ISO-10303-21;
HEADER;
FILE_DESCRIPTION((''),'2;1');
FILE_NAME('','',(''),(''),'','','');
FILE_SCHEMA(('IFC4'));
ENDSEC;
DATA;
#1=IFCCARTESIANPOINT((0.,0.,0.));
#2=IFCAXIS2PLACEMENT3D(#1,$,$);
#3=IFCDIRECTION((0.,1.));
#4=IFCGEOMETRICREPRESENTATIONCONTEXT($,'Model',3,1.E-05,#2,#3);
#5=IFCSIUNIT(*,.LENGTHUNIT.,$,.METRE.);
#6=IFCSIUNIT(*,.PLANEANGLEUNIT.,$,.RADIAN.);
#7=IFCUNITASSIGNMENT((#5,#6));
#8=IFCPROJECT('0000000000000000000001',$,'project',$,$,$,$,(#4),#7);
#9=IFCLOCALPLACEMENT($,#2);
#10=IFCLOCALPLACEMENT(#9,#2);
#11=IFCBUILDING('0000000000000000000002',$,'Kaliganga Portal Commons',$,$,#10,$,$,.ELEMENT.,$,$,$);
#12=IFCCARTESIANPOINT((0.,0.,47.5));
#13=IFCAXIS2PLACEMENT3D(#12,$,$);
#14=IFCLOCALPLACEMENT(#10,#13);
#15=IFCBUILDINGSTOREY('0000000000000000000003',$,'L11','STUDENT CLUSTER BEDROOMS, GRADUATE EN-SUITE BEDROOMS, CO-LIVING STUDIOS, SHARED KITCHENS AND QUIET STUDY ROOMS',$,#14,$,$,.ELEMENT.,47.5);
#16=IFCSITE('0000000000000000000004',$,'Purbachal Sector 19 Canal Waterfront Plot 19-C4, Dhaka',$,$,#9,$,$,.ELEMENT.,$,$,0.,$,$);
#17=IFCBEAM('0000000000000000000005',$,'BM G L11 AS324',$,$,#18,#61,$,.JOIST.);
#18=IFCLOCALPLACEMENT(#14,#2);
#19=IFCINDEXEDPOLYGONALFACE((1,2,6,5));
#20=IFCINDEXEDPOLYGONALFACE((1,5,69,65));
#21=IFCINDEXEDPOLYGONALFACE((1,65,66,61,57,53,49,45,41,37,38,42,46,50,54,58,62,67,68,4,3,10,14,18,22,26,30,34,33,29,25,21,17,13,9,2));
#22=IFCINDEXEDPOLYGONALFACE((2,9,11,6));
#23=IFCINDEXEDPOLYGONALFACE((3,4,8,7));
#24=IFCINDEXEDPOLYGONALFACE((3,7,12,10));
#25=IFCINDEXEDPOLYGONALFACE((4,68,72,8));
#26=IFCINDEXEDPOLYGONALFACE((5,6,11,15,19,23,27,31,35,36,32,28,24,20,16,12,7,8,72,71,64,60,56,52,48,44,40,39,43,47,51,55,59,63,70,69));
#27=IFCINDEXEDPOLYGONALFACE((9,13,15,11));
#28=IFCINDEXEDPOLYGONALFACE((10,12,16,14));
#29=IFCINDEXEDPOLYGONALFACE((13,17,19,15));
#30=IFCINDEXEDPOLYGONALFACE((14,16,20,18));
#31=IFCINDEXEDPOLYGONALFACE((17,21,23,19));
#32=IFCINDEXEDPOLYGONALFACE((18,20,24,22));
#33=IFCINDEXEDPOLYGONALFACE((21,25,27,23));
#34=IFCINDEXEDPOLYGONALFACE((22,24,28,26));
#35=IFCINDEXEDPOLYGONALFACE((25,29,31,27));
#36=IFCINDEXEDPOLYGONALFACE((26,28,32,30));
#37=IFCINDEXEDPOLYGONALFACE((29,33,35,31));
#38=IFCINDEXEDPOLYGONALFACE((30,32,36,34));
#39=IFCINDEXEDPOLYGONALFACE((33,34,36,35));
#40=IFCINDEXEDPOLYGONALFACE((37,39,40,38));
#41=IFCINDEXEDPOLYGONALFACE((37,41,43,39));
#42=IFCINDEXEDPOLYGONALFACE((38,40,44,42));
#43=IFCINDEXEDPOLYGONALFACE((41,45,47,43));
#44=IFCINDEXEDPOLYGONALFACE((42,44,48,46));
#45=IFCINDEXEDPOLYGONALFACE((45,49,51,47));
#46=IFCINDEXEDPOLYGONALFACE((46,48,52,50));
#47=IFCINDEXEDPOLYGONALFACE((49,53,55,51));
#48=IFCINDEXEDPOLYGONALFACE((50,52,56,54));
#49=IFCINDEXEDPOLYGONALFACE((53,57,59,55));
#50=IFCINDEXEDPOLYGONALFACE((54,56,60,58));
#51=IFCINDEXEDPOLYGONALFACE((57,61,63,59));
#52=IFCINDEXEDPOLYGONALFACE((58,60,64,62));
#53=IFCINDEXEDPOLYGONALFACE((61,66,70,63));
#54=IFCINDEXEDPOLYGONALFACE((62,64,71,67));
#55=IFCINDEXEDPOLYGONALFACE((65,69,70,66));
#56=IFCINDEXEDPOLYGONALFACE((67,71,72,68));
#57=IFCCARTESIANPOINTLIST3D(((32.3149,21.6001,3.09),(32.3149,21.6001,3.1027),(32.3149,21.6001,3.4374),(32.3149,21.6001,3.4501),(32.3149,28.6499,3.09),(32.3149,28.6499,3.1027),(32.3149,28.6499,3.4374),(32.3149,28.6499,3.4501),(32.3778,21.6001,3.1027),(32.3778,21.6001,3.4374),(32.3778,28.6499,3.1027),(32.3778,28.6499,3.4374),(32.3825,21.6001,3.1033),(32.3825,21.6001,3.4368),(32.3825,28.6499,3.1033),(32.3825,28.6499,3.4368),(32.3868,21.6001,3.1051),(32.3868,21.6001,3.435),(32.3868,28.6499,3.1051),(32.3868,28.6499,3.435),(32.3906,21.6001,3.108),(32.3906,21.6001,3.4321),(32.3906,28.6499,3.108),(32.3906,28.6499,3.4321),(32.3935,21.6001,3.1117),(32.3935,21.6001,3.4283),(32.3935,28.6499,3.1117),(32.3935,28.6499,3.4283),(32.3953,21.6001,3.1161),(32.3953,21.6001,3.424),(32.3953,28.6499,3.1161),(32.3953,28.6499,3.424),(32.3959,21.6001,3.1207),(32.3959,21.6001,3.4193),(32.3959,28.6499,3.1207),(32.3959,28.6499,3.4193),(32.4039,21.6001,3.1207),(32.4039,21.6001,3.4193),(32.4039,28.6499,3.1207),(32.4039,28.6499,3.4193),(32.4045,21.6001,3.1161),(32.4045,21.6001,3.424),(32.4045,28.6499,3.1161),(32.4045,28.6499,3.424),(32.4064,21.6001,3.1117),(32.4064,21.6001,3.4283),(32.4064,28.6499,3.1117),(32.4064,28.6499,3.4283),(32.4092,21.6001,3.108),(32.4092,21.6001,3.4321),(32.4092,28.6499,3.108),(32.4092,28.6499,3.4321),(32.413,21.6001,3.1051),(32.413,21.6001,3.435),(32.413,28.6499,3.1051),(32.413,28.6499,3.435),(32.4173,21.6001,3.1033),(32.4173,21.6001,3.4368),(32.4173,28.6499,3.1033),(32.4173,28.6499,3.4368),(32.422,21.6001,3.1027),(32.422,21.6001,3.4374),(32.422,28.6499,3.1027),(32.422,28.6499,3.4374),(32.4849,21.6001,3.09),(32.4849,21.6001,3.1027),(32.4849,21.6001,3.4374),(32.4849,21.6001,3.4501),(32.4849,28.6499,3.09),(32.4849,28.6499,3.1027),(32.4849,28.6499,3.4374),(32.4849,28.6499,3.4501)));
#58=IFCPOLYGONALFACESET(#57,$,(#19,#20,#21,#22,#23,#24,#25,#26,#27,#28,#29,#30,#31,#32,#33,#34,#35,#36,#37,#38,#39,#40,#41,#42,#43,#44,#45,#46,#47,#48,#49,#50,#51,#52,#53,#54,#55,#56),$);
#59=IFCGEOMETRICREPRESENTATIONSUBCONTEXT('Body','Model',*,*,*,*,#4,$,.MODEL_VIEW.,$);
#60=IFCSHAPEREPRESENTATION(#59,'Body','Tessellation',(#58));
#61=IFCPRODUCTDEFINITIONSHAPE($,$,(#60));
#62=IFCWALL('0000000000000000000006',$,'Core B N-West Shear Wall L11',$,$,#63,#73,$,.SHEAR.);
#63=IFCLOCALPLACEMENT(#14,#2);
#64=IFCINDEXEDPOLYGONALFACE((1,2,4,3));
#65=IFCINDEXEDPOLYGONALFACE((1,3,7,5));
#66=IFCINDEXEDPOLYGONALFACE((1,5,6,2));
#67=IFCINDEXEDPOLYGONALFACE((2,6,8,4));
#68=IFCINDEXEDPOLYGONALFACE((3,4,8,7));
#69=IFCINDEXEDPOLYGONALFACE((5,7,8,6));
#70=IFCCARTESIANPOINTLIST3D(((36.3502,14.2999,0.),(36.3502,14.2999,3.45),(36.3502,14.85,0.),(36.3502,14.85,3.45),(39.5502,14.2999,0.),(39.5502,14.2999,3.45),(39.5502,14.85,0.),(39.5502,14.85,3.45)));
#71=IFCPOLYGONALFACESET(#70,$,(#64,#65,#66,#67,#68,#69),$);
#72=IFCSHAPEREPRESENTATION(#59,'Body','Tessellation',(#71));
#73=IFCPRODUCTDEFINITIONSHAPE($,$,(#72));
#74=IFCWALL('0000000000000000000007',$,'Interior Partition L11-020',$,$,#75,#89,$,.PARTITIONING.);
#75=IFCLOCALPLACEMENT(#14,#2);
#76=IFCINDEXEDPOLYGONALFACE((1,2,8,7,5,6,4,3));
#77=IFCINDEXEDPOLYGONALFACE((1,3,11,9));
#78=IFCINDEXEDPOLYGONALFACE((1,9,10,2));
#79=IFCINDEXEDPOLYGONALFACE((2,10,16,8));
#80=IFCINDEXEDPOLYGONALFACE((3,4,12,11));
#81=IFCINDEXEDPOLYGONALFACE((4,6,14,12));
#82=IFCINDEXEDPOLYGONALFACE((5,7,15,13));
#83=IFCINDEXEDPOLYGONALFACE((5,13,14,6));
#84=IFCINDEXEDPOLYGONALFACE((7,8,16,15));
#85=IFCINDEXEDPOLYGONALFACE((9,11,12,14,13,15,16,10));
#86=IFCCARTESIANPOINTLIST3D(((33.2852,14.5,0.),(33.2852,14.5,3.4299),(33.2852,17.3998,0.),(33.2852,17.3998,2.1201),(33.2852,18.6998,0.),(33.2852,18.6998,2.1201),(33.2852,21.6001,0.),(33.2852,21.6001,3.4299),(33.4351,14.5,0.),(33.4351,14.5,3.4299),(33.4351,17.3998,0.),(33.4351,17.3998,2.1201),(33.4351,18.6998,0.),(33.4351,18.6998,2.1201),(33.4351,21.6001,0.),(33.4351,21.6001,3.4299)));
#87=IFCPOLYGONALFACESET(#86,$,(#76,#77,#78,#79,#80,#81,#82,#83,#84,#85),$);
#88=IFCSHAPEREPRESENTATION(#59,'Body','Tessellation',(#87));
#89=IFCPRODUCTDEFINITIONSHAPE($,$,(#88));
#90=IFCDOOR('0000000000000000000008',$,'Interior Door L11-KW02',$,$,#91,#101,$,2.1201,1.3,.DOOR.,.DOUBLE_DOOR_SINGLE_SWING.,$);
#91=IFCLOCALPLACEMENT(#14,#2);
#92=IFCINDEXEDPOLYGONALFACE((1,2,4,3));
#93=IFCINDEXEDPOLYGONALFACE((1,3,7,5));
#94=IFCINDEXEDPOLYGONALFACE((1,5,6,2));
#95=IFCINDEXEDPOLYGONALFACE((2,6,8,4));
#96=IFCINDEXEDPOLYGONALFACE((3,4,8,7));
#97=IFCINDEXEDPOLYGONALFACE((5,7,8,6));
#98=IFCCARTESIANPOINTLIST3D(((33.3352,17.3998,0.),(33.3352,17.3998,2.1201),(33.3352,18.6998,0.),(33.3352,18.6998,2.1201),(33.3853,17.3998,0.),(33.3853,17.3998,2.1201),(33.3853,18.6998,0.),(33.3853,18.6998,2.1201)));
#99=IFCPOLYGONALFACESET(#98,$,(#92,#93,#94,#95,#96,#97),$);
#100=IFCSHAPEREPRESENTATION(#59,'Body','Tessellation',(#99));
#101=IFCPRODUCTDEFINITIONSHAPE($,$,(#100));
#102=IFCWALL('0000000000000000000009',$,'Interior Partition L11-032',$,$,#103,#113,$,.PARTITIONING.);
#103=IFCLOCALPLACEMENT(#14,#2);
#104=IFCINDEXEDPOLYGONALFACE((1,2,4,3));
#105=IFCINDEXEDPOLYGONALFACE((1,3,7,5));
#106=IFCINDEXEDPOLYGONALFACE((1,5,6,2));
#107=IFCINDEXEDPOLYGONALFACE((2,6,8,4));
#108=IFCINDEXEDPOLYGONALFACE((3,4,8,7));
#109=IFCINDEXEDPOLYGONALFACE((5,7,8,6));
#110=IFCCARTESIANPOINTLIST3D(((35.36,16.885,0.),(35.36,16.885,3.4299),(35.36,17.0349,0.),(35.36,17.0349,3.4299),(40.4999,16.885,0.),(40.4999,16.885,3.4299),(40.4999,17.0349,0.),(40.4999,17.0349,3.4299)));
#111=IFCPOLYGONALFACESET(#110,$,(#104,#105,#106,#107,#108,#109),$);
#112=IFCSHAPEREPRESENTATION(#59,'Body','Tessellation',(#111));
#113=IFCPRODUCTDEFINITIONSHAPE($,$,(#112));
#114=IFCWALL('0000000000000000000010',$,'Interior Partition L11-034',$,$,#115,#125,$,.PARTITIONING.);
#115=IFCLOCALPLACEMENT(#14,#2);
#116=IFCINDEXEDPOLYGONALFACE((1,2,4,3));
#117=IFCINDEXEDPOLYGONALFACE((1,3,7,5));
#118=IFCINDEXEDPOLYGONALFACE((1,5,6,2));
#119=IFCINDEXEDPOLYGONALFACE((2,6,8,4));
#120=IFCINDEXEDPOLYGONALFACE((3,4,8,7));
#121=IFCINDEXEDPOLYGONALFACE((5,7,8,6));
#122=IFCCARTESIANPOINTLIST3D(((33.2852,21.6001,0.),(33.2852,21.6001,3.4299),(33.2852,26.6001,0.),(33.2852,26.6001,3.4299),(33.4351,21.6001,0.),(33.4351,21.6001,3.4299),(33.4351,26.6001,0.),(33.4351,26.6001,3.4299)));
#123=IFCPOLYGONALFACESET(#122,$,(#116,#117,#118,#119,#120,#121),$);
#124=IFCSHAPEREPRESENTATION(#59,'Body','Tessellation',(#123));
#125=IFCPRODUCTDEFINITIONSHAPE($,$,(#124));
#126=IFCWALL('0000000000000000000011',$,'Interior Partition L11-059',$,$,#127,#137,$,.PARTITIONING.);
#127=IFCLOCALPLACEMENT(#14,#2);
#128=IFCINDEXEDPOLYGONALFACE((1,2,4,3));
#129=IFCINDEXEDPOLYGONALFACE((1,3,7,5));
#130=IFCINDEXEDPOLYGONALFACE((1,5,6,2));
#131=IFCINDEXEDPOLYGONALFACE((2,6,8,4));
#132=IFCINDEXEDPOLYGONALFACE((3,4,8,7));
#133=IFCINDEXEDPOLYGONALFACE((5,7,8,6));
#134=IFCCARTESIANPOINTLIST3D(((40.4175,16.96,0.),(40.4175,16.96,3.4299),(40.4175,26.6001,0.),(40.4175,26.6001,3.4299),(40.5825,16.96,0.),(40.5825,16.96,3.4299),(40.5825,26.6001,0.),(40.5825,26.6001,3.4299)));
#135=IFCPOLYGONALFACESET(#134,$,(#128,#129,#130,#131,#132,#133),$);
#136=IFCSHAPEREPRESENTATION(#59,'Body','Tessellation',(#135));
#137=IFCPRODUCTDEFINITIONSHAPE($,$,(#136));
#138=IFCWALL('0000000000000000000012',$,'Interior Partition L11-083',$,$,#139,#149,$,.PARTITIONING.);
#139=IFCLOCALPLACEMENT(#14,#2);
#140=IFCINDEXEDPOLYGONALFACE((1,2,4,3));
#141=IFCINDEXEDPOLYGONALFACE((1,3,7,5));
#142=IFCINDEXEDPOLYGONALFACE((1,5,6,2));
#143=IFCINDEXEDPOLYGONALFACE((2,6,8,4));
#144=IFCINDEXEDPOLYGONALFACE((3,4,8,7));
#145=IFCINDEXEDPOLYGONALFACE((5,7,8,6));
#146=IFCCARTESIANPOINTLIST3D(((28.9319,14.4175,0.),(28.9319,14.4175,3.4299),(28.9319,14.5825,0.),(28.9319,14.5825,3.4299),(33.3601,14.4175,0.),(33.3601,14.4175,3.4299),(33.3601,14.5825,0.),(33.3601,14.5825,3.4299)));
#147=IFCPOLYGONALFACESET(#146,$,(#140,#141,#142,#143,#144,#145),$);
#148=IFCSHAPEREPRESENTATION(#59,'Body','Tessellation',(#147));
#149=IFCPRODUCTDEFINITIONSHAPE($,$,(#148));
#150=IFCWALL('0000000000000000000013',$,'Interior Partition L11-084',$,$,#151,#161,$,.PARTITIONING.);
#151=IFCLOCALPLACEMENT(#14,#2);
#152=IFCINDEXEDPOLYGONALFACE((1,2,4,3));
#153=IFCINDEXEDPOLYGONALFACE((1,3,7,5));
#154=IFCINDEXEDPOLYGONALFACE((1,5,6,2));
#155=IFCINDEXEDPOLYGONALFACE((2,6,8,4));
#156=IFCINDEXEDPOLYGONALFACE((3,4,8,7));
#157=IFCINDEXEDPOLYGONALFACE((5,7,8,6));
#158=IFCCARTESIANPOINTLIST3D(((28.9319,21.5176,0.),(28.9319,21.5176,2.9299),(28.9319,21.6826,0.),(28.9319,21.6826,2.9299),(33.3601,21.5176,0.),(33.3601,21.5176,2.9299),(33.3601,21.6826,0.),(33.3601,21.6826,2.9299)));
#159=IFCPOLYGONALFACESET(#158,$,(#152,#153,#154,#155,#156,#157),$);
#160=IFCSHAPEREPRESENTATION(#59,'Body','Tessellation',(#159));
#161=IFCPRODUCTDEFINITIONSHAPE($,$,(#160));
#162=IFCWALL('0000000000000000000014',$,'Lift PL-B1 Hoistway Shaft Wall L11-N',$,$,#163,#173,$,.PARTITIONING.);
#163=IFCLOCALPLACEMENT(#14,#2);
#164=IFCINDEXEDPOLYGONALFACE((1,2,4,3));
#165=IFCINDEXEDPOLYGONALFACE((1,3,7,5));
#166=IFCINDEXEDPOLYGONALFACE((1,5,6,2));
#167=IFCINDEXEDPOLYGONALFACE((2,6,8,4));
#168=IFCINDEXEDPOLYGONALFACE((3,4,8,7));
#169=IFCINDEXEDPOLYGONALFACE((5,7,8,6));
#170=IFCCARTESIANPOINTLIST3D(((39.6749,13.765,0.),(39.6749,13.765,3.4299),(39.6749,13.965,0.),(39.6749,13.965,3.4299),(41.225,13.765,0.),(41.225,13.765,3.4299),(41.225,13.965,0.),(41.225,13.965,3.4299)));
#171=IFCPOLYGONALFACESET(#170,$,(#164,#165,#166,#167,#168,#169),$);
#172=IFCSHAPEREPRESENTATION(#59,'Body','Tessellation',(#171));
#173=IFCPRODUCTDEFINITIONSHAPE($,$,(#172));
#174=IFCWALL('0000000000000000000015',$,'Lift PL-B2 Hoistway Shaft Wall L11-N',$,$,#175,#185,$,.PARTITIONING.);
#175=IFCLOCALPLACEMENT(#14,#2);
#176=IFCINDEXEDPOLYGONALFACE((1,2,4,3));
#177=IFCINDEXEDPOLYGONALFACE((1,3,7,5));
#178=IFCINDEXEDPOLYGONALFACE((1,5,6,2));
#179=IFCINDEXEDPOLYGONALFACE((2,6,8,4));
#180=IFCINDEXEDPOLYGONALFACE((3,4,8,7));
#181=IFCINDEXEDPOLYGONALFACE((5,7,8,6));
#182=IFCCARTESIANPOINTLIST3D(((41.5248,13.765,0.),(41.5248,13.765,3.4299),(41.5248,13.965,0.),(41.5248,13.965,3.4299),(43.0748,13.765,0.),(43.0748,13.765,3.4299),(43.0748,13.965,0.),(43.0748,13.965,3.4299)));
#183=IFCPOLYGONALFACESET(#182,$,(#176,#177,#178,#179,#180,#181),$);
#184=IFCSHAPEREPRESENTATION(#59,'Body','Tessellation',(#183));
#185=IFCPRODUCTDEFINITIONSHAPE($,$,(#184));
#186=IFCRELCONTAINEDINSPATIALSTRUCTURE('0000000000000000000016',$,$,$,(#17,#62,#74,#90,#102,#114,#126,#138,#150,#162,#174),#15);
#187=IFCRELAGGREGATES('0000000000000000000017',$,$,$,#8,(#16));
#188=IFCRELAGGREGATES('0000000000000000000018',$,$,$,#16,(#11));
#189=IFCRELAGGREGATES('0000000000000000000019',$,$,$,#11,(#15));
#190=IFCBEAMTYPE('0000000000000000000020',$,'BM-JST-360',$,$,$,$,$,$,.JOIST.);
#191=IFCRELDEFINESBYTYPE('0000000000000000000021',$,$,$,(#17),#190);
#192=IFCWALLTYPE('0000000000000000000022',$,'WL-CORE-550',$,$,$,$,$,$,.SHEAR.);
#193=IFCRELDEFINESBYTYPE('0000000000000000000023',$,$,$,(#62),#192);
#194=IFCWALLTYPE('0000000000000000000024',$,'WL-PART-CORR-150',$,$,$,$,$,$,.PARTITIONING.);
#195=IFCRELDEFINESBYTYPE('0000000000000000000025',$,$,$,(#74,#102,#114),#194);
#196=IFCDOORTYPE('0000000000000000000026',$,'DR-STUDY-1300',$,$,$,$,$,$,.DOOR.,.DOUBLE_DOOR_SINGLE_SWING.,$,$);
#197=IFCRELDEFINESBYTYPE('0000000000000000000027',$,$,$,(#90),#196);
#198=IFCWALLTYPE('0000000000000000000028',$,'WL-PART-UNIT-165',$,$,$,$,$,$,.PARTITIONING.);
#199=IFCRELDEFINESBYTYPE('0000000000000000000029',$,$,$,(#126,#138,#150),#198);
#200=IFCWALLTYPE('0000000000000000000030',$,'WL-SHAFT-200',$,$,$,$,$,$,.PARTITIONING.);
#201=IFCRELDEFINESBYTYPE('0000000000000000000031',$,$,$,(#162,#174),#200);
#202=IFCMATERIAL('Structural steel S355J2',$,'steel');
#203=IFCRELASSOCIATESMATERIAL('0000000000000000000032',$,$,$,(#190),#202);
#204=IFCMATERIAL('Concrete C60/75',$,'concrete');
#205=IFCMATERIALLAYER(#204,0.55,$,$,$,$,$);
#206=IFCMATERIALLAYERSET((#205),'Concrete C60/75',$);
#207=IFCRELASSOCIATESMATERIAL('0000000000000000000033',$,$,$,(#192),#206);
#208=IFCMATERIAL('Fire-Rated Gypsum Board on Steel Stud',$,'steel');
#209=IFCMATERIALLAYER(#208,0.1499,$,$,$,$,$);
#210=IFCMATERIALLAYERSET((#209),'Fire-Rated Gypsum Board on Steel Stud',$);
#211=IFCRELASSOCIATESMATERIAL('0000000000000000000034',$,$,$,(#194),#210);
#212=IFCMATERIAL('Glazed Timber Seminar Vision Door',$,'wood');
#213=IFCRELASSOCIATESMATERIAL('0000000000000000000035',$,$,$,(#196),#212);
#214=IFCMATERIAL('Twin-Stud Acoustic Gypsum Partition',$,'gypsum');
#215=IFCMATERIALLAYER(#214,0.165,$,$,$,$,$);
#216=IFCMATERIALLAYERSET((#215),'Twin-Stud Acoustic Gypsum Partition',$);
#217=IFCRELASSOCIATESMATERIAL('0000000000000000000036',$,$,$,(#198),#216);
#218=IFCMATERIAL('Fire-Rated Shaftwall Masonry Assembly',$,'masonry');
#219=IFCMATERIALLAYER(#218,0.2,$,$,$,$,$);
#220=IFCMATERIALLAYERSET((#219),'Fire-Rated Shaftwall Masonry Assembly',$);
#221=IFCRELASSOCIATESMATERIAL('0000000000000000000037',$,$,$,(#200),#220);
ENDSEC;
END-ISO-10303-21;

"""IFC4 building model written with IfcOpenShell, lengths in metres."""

from ifc_helpers import new_model, si_unit, direction, frame, frame_2d, origin, origin_2d, place, context, subcontext, project, spatial, rectangle, i_section, extrude, source, transform, mapped, material, layer, layer_set, material_profile, profile_set, type_object, element, fill, save


model = new_model("IFC4")

# Units and contexts
model_context = context("Model", 3, precision=1e-05, world=origin(), true_north=direction((0.0, 1.0)))
body_context = subcontext(model_context, "Body", "Model", "MODEL_VIEW")
ifc_project = project(units=[si_unit("LENGTHUNIT", "METRE"), si_unit("PLANEANGLEUNIT", "RADIAN")], contexts=[model_context])

# Site, building, storey
site_placement = place(None, origin())
site = spatial("IfcSite", under=ifc_project, at=site_placement, Name="Purbachal Sector 19 Canal Waterfront Plot 19-C4, Dhaka", CompositionType="ELEMENT", RefElevation=0.0)
building_placement = place(site_placement, origin())
building = spatial("IfcBuilding", under=site, at=building_placement, Name="Kaliganga Portal Commons", CompositionType="ELEMENT")
storey_placement = place(building_placement, frame((0.0, 0.0, 47.5)))
storey = spatial("IfcBuildingStorey", under=building, at=storey_placement, Name="L11", Description="STUDENT CLUSTER BEDROOMS, GRADUATE EN-SUITE BEDROOMS, CO-LIVING STUDIOS, SHARED KITCHENS AND QUIET STUDY ROOMS", CompositionType="ELEMENT", Elevation=47.5)

# Beam
ifc_material_1 = material(Name="Concrete C60/75", Category="concrete")
ifc_material_2 = material(Name="Structural steel S355J2", Category="steel")
ifc_material_profile_1 = material_profile(ifc_material_2, i_section(OverallWidth=0.1699, OverallDepth=0.3601, WebThickness=0.0081, FlangeThickness=0.0127, FilletRadius=0.0181, at=origin_2d()), Name="IPE 360")
ifc_profile_set_1 = profile_set([ifc_material_profile_1], Name="Structural steel S355J2 wide-flange")
beam_type_1 = type_object("IfcBeamType", Name="BM-JST-360", PredefinedType="JOIST", material=ifc_profile_set_1)
shared_shape_1 = source(origin(), body_context, "Body", "SweptSolid", [
    extrude(i_section(OverallWidth=0.1699, OverallDepth=0.3601, WebThickness=0.0081, FlangeThickness=0.0127, FilletRadius=0.0181, at=origin_2d()), origin(), (0.0, 0.0, 1.0), 7.0498),
])
beam_1_placement = place(storey_placement, frame((32.3999, 21.6001, 3.27), z_axis=(0.0, 1.0, 0.0), x_axis=(-1.0, 0.0, 0.0)))
element("IfcBeam", 1, at=beam_1_placement, inside=storey, type_object=beam_type_1, Name="BM G L11 AS324", PredefinedType="JOIST", context=body_context, shape_type="MappedRepresentation", body=[
    mapped(shared_shape_1, transform((0.0, 0.0, 0.0), x_axis=(1.0, 0.0, 0.0), y_axis=(0.0, 1.0, 0.0), z_axis=(0.0, 0.0, 1.0), scale=1.0)),
])

# Wall
ifc_layer_1 = layer(ifc_material_1, 0.55)
ifc_layer_set_1 = layer_set([ifc_layer_1], Name="Concrete C60/75")
wall_type_1 = type_object("IfcWallType", Name="WL-CORE-550", PredefinedType="SHEAR", material=ifc_layer_set_1)
wall_1_placement = place(storey_placement, frame((36.3501, 14.575, 0.0), z_axis=(0.0, 0.0, 1.0), x_axis=(1.0, 0.0, 0.0)))
element("IfcWall", 2, at=wall_1_placement, inside=storey, type_object=wall_type_1, Name="Core B N-West Shear Wall L11", PredefinedType="SHEAR", context=body_context, shape_type="SweptSolid", body=[
    extrude(rectangle(XDim=3.2, YDim=0.55, at=frame_2d((1.6001, 0.0))), origin(), (0.0, 0.0, 1.0), 3.45),
])

# Wall, opening, door
ifc_material_3 = material(Name="Fire-Rated Gypsum Board on Steel Stud", Category="steel")
ifc_layer_2 = layer(ifc_material_3, 0.1499)
ifc_layer_set_2 = layer_set([ifc_layer_2], Name="Fire-Rated Gypsum Board on Steel Stud")
wall_type_2 = type_object("IfcWallType", Name="WL-PART-CORR-150", PredefinedType="PARTITIONING", material=ifc_layer_set_2)
ifc_material_4 = material(Name="Glazed Timber Seminar Vision Door", Category="wood")
door_type_1 = type_object("IfcDoorType", Name="DR-STUDY-1300", OperationType="DOUBLE_DOOR_SINGLE_SWING", PredefinedType="DOOR", material=ifc_material_4)
wall_2_placement = place(storey_placement, frame((33.3601, 14.5, 0.0), z_axis=(0.0, 0.0, 1.0), x_axis=(0.0, 1.0, 0.0)))
wall_2 = element("IfcWall", 3, at=wall_2_placement, inside=storey, type_object=wall_type_2, Name="Interior Partition L11-020", PredefinedType="PARTITIONING", context=body_context, shape_type="SweptSolid", body=[
    extrude(rectangle(XDim=7.1001, YDim=0.1499, at=frame_2d((3.55, 0.0))), origin(), (0.0, 0.0, 1.0), 3.4299),
])
opening_1_placement = place(wall_2_placement, frame((2.8999, 0.0, 0.0)))
opening_1 = element("IfcOpeningElement", 4, at=opening_1_placement, cuts=wall_2, PredefinedType="OPENING", context=body_context, shape_type="SweptSolid", body=[
    extrude(rectangle(XDim=1.3, YDim=2.1201, at=frame_2d((0.6499, 1.0601))), frame((0.0, 0.085, 0.0), z_axis=(0.0, -1.0, 0.0), x_axis=(1.0, 0.0, 0.0)), (0.0, 0.0, 1.0), 0.1699),
])
door_1_placement = place(opening_1_placement, origin())
door_1 = element("IfcDoor", 5, at=door_1_placement, inside=storey, type_object=door_type_1, Name="Interior Door L11-KW02", OperationType="DOUBLE_DOOR_SINGLE_SWING", OverallHeight=2.1201, OverallWidth=1.3, PredefinedType="DOOR", context=body_context, shape_type="SweptSolid", body=[
    extrude(rectangle(XDim=1.3, YDim=2.1201, at=frame_2d((0.6499, 1.0601))), frame((0.0, 0.0249, 0.0), z_axis=(0.0, -1.0, 0.0), x_axis=(1.0, 0.0, 0.0)), (0.0, 0.0, 1.0), 0.05),
])
fill(opening_1, door_1)

# Walls
wall_3_placement = place(storey_placement, frame((35.3601, 16.96, 0.0), z_axis=(0.0, 0.0, 1.0), x_axis=(1.0, 0.0, 0.0)))
element("IfcWall", 6, at=wall_3_placement, inside=storey, type_object=wall_type_2, Name="Interior Partition L11-032", PredefinedType="PARTITIONING", context=body_context, shape_type="SweptSolid", body=[
    extrude(rectangle(XDim=5.1399, YDim=0.1499, at=frame_2d((2.5698, 0.0))), origin(), (0.0, 0.0, 1.0), 3.4299),
])
wall_4_placement = place(storey_placement, frame((33.3601, 21.6001, 0.0), z_axis=(0.0, 0.0, 1.0), x_axis=(0.0, 1.0, 0.0)))
element("IfcWall", 7, at=wall_4_placement, inside=storey, type_object=wall_type_2, Name="Interior Partition L11-034", PredefinedType="PARTITIONING", context=body_context, shape_type="SweptSolid", body=[
    extrude(rectangle(XDim=5.0, YDim=0.1499, at=frame_2d((2.5, 0.0))), origin(), (0.0, 0.0, 1.0), 3.4299),
])
ifc_material_5 = material(Name="Twin-Stud Acoustic Gypsum Partition", Category="gypsum")
ifc_layer_3 = layer(ifc_material_5, 0.165)
ifc_layer_set_3 = layer_set([ifc_layer_3], Name="Twin-Stud Acoustic Gypsum Partition")
wall_type_3 = type_object("IfcWallType", Name="WL-PART-UNIT-165", PredefinedType="PARTITIONING", material=ifc_layer_set_3)
wall_5_placement = place(storey_placement, frame((40.5, 16.96, 0.0), z_axis=(0.0, 0.0, 1.0), x_axis=(0.0, 1.0, 0.0)))
element("IfcWall", 8, at=wall_5_placement, inside=storey, type_object=wall_type_3, Name="Interior Partition L11-059", PredefinedType="PARTITIONING", context=body_context, shape_type="SweptSolid", body=[
    extrude(rectangle(XDim=9.6401, YDim=0.165, at=frame_2d((4.8201, 0.0))), origin(), (0.0, 0.0, 1.0), 3.4299),
])
wall_6_placement = place(storey_placement, frame((28.9319, 14.5, 0.0), z_axis=(0.0, 0.0, 1.0), x_axis=(1.0, 0.0, 0.0)))
element("IfcWall", 9, at=wall_6_placement, inside=storey, type_object=wall_type_3, Name="Interior Partition L11-083", PredefinedType="PARTITIONING", context=body_context, shape_type="SweptSolid", body=[
    extrude(rectangle(XDim=4.4282, YDim=0.165, at=frame_2d((2.2141, 0.0))), origin(), (0.0, 0.0, 1.0), 3.4299),
])
wall_7_placement = place(storey_placement, frame((28.9319, 21.6001, 0.0), z_axis=(0.0, 0.0, 1.0), x_axis=(1.0, 0.0, 0.0)))
element("IfcWall", 10, at=wall_7_placement, inside=storey, type_object=wall_type_3, Name="Interior Partition L11-084", PredefinedType="PARTITIONING", context=body_context, shape_type="SweptSolid", body=[
    extrude(rectangle(XDim=4.4282, YDim=0.165, at=frame_2d((2.2141, 0.0))), origin(), (0.0, 0.0, 1.0), 2.9299),
])
ifc_material_6 = material(Name="Fire-Rated Shaftwall Masonry Assembly", Category="masonry")
ifc_layer_4 = layer(ifc_material_6, 0.2)
ifc_layer_set_4 = layer_set([ifc_layer_4], Name="Fire-Rated Shaftwall Masonry Assembly")
wall_type_4 = type_object("IfcWallType", Name="WL-SHAFT-200", PredefinedType="PARTITIONING", material=ifc_layer_set_4)
for number, where, z_axis, x_axis, name in (
    (11, (39.675, 13.865, 0.0), (0.0, 0.0, 1.0), (1.0, 0.0, 0.0), "Lift PL-B1 Hoistway Shaft Wall L11-N"),
    (12, (41.5249, 13.865, 0.0), (0.0, 0.0, 1.0), (1.0, 0.0, 0.0), "Lift PL-B2 Hoistway Shaft Wall L11-N"),
):
    element("IfcWall", number, at=place(storey_placement, frame(where, z_axis=z_axis, x_axis=x_axis)), inside=storey, type_object=wall_type_4, Name=name, PredefinedType="PARTITIONING", context=body_context, shape_type="SweptSolid", body=[
        extrude(rectangle(XDim=1.55, YDim=0.2, at=frame_2d((0.7749, 0.0))), origin(), (0.0, 0.0, 1.0), 3.4299),
    ])

save(model, "model.ifc")
